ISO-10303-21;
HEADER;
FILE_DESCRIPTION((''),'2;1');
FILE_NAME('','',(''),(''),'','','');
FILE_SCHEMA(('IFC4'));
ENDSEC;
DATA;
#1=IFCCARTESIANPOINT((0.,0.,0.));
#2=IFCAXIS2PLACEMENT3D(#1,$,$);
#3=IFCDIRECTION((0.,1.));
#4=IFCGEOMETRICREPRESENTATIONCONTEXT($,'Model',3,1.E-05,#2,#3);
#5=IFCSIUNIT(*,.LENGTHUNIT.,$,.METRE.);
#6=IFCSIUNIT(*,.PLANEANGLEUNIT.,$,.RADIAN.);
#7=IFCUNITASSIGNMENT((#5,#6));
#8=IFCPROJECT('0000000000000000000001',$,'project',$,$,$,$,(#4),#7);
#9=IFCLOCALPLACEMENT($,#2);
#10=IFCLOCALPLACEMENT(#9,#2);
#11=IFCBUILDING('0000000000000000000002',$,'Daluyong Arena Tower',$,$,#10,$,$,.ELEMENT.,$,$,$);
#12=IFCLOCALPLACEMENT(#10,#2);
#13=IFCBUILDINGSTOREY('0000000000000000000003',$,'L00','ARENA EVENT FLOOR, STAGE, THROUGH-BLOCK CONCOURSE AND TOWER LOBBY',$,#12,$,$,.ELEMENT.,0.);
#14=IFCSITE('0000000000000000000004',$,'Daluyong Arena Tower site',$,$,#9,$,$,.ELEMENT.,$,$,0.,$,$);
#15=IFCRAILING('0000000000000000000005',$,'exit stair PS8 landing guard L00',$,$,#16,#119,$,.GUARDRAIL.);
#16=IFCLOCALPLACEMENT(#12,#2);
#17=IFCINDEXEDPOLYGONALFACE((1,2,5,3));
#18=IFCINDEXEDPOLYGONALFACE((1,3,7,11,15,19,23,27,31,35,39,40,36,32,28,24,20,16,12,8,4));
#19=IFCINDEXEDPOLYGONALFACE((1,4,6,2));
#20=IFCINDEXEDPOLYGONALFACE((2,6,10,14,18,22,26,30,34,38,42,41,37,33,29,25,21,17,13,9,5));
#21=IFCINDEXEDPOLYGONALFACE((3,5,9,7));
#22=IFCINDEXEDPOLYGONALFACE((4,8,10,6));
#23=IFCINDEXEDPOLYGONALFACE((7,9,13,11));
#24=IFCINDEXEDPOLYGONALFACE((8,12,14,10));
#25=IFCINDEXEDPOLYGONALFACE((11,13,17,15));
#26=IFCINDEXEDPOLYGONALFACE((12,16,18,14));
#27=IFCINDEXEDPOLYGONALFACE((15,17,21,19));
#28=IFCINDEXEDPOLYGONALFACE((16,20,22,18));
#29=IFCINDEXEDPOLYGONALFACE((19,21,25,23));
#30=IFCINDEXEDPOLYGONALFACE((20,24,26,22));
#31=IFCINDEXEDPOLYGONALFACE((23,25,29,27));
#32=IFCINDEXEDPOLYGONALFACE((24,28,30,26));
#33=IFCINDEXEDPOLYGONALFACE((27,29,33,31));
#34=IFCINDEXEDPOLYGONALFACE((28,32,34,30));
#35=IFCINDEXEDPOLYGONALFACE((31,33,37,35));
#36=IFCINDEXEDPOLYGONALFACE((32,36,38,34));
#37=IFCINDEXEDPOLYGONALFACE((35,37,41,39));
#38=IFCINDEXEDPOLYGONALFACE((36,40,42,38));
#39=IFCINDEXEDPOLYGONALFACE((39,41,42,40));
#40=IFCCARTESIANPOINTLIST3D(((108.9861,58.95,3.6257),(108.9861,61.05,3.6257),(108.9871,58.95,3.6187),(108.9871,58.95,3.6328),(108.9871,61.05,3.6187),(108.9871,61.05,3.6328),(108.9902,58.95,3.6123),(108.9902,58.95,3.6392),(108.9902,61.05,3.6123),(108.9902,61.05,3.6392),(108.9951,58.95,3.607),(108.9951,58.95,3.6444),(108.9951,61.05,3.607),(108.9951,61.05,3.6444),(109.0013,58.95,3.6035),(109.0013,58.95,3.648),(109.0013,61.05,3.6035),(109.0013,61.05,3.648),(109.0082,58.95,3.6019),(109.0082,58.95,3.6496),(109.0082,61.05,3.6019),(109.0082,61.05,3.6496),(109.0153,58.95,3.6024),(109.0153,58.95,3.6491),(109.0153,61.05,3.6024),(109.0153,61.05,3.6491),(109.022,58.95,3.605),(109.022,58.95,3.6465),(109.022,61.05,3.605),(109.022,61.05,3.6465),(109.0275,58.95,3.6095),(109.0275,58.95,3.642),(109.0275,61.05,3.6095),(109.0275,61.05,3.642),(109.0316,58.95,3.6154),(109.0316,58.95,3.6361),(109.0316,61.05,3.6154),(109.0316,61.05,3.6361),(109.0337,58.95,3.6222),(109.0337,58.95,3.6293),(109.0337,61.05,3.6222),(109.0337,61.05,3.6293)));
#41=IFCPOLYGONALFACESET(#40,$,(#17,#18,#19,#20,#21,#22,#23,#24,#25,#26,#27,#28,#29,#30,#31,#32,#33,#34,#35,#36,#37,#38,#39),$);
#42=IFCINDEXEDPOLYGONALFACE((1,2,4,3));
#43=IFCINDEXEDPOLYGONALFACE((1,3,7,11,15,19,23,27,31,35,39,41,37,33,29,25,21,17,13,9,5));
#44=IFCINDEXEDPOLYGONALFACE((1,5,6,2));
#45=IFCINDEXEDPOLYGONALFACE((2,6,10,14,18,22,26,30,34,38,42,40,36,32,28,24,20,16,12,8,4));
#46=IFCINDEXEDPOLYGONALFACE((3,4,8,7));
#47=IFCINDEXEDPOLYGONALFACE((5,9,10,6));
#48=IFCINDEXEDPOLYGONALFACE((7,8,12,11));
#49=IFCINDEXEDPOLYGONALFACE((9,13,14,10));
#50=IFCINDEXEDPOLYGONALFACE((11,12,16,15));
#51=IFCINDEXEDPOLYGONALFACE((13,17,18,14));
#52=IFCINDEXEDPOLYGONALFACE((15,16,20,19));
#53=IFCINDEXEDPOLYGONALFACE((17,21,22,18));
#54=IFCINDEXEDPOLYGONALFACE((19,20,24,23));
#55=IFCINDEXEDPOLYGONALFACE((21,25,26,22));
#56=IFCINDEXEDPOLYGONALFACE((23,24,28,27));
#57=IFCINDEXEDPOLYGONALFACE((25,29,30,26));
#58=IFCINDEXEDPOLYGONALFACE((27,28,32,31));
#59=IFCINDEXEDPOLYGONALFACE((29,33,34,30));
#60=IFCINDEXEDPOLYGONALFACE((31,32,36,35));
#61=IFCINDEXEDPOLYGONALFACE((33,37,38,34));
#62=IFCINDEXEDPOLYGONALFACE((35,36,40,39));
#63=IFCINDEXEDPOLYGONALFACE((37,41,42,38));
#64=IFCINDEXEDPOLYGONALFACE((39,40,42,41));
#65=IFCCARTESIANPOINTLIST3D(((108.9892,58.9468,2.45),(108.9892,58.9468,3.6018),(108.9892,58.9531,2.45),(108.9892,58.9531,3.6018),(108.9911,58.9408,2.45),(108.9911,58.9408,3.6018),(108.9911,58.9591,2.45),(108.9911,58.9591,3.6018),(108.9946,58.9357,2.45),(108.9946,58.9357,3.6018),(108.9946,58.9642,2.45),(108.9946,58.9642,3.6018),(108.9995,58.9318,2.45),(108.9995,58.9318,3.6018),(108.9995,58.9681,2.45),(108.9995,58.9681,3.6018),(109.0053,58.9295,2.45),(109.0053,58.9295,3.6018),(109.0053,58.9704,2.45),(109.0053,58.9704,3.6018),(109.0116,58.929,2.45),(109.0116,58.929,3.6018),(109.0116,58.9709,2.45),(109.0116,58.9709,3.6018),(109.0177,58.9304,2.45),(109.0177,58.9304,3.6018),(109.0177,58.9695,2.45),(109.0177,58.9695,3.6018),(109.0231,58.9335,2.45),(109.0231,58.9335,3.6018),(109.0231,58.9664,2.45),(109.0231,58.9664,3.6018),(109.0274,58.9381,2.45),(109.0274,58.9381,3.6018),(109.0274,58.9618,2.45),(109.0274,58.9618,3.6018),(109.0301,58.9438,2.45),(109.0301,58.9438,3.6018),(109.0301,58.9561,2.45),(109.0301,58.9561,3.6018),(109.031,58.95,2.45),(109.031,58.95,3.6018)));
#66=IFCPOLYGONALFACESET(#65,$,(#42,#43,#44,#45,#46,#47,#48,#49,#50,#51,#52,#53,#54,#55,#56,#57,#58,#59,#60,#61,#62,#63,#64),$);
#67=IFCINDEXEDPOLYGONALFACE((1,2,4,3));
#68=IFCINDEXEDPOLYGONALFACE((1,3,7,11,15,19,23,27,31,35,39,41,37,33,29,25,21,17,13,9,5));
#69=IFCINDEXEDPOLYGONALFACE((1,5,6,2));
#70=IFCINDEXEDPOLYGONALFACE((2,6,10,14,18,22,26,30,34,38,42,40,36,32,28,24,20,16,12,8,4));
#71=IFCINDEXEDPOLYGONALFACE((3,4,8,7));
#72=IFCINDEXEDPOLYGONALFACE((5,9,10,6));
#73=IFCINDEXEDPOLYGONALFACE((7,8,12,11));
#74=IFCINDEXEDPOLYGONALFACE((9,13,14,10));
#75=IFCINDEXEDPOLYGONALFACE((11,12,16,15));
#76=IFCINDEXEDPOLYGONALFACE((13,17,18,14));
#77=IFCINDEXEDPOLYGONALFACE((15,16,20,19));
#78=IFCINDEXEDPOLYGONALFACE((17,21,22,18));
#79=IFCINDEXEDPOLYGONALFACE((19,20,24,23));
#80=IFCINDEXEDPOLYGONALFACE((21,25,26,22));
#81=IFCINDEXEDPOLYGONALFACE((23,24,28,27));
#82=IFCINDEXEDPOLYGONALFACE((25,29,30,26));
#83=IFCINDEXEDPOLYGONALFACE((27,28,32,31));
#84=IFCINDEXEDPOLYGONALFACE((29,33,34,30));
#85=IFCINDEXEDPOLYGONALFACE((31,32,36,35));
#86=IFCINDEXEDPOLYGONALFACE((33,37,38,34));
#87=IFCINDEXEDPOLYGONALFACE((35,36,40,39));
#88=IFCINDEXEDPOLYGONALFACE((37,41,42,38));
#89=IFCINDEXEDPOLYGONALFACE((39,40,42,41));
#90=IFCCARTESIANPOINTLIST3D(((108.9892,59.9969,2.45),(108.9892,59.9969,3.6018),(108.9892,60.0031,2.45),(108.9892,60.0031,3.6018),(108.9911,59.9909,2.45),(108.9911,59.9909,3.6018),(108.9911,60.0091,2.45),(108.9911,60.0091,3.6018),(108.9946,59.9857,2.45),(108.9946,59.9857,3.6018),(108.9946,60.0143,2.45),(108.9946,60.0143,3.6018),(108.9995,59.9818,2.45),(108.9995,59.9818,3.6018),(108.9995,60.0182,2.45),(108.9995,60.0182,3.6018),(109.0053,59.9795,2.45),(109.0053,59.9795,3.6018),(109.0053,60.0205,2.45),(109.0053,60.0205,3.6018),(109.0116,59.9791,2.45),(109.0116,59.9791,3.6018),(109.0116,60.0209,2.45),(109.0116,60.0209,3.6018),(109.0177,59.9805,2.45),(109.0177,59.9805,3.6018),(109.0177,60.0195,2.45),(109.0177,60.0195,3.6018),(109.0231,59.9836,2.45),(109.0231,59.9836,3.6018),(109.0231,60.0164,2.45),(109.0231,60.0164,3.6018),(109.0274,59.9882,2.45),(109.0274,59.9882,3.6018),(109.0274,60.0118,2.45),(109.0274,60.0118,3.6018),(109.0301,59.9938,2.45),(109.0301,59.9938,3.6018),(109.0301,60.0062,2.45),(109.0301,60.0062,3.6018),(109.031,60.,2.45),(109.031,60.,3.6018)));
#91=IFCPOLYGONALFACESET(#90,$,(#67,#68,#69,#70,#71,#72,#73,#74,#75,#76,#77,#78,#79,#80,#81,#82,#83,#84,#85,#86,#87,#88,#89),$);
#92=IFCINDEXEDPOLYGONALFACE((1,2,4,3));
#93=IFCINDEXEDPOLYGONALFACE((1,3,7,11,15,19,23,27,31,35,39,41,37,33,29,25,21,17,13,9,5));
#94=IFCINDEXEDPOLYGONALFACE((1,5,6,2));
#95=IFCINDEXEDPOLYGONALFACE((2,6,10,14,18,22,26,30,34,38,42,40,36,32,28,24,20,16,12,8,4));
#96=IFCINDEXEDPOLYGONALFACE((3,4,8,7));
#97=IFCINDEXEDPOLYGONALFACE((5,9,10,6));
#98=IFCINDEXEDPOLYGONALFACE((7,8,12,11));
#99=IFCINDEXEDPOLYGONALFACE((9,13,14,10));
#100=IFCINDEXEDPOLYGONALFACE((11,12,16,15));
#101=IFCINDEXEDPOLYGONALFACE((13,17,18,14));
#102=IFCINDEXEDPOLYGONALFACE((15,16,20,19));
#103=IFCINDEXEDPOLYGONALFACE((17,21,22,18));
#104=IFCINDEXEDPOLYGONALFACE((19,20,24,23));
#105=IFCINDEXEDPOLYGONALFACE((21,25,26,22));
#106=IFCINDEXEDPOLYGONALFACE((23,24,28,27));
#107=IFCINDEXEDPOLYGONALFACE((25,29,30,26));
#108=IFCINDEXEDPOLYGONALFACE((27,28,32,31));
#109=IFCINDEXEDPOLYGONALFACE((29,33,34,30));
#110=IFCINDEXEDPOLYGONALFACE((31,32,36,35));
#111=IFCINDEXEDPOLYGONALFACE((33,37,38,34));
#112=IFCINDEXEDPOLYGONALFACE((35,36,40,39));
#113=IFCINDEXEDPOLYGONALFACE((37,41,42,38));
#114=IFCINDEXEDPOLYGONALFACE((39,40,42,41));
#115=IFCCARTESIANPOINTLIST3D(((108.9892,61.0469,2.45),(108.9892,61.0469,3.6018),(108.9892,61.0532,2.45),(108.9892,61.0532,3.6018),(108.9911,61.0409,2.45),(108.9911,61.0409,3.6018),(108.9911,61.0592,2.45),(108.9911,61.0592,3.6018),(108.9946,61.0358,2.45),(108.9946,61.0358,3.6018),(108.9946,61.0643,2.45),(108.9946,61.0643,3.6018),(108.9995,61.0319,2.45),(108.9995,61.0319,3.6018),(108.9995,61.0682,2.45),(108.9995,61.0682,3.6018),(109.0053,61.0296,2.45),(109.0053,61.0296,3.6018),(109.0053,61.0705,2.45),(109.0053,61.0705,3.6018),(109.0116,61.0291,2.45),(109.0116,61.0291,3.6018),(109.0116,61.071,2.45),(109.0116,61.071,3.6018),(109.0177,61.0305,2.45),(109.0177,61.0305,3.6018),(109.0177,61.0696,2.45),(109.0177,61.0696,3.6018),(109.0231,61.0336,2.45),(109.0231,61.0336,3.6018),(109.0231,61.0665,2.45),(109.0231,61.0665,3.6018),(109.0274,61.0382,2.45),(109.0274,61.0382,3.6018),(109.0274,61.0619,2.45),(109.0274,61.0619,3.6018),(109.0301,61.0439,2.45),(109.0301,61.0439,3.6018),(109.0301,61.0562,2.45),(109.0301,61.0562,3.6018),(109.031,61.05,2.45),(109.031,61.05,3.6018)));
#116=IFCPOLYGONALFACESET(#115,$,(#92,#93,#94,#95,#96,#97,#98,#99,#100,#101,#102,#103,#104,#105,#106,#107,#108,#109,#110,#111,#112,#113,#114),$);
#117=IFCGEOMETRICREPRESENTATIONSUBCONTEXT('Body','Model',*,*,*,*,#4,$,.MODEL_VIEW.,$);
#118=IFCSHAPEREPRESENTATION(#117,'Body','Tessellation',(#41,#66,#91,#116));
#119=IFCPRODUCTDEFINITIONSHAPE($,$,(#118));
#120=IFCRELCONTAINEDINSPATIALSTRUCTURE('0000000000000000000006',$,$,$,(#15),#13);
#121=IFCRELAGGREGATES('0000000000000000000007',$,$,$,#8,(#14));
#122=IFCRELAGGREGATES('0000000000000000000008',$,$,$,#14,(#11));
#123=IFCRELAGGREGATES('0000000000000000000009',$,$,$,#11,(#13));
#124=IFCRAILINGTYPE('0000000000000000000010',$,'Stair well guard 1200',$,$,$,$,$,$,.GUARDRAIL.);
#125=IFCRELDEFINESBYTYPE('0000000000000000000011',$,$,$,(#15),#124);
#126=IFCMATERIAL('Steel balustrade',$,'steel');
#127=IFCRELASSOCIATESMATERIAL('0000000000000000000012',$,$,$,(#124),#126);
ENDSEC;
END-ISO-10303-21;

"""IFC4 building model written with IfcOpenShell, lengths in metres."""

from ifc_helpers import new_model, si_unit, direction, frame, origin, origin_2d, place, context, subcontext, project, spatial, circle, extrude, material, type_object, element, save


model = new_model("IFC4")

# Units and contexts
model_context = context("Model", 3, precision=1e-05, world=origin(), true_north=direction((0.0, 1.0)))
body_context = subcontext(model_context, "Body", "Model", "MODEL_VIEW")
ifc_project = project(units=[si_unit("LENGTHUNIT", "METRE"), si_unit("PLANEANGLEUNIT", "RADIAN")], contexts=[model_context])

# Site, building, storey
site_placement = place(None, origin())
site = spatial("IfcSite", under=ifc_project, at=site_placement, Name="Daluyong Arena Tower site", CompositionType="ELEMENT", RefElevation=0.0)
building_placement = place(site_placement, origin())
building = spatial("IfcBuilding", under=site, at=building_placement, Name="Daluyong Arena Tower", CompositionType="ELEMENT")
storey_placement = place(building_placement, origin())
storey = spatial("IfcBuildingStorey", under=building, at=storey_placement, Name="L00", Description="ARENA EVENT FLOOR, STAGE, THROUGH-BLOCK CONCOURSE AND TOWER LOBBY", CompositionType="ELEMENT", Elevation=0.0)

# Railing
ifc_material_1 = material(Name="Steel balustrade", Category="steel")
railing_type_1 = type_object("IfcRailingType", Name="Stair well guard 1200", PredefinedType="GUARDRAIL", material=ifc_material_1)
railing_1_placement = place(storey_placement, frame((109.01, 58.95, 2.45)))
element("IfcRailing", 1, at=railing_1_placement, inside=storey, type_object=railing_type_1, Name="exit stair PS8 landing guard L00", PredefinedType="GUARDRAIL", context=body_context, shape_type="SweptSolid", body=[
    extrude(circle(Radius=0.0239, at=origin_2d()), frame((0.0, 0.0, 1.1758), z_axis=(0.0, 1.0, 0.0), x_axis=(-1.0, 0.0, 0.0)), (0.0, 0.0, 1.0), 2.1001),
    extrude(circle(Radius=0.021, at=origin_2d()), origin(), (0.0, 0.0, 1.0), 1.1519),
    extrude(circle(Radius=0.021, at=origin_2d()), frame((0.0, 1.05, 0.0)), (0.0, 0.0, 1.0), 1.1519),
    extrude(circle(Radius=0.021, at=origin_2d()), frame((0.0, 2.1001, 0.0)), (0.0, 0.0, 1.0), 1.1519),
])

save(model, "model.ifc")
